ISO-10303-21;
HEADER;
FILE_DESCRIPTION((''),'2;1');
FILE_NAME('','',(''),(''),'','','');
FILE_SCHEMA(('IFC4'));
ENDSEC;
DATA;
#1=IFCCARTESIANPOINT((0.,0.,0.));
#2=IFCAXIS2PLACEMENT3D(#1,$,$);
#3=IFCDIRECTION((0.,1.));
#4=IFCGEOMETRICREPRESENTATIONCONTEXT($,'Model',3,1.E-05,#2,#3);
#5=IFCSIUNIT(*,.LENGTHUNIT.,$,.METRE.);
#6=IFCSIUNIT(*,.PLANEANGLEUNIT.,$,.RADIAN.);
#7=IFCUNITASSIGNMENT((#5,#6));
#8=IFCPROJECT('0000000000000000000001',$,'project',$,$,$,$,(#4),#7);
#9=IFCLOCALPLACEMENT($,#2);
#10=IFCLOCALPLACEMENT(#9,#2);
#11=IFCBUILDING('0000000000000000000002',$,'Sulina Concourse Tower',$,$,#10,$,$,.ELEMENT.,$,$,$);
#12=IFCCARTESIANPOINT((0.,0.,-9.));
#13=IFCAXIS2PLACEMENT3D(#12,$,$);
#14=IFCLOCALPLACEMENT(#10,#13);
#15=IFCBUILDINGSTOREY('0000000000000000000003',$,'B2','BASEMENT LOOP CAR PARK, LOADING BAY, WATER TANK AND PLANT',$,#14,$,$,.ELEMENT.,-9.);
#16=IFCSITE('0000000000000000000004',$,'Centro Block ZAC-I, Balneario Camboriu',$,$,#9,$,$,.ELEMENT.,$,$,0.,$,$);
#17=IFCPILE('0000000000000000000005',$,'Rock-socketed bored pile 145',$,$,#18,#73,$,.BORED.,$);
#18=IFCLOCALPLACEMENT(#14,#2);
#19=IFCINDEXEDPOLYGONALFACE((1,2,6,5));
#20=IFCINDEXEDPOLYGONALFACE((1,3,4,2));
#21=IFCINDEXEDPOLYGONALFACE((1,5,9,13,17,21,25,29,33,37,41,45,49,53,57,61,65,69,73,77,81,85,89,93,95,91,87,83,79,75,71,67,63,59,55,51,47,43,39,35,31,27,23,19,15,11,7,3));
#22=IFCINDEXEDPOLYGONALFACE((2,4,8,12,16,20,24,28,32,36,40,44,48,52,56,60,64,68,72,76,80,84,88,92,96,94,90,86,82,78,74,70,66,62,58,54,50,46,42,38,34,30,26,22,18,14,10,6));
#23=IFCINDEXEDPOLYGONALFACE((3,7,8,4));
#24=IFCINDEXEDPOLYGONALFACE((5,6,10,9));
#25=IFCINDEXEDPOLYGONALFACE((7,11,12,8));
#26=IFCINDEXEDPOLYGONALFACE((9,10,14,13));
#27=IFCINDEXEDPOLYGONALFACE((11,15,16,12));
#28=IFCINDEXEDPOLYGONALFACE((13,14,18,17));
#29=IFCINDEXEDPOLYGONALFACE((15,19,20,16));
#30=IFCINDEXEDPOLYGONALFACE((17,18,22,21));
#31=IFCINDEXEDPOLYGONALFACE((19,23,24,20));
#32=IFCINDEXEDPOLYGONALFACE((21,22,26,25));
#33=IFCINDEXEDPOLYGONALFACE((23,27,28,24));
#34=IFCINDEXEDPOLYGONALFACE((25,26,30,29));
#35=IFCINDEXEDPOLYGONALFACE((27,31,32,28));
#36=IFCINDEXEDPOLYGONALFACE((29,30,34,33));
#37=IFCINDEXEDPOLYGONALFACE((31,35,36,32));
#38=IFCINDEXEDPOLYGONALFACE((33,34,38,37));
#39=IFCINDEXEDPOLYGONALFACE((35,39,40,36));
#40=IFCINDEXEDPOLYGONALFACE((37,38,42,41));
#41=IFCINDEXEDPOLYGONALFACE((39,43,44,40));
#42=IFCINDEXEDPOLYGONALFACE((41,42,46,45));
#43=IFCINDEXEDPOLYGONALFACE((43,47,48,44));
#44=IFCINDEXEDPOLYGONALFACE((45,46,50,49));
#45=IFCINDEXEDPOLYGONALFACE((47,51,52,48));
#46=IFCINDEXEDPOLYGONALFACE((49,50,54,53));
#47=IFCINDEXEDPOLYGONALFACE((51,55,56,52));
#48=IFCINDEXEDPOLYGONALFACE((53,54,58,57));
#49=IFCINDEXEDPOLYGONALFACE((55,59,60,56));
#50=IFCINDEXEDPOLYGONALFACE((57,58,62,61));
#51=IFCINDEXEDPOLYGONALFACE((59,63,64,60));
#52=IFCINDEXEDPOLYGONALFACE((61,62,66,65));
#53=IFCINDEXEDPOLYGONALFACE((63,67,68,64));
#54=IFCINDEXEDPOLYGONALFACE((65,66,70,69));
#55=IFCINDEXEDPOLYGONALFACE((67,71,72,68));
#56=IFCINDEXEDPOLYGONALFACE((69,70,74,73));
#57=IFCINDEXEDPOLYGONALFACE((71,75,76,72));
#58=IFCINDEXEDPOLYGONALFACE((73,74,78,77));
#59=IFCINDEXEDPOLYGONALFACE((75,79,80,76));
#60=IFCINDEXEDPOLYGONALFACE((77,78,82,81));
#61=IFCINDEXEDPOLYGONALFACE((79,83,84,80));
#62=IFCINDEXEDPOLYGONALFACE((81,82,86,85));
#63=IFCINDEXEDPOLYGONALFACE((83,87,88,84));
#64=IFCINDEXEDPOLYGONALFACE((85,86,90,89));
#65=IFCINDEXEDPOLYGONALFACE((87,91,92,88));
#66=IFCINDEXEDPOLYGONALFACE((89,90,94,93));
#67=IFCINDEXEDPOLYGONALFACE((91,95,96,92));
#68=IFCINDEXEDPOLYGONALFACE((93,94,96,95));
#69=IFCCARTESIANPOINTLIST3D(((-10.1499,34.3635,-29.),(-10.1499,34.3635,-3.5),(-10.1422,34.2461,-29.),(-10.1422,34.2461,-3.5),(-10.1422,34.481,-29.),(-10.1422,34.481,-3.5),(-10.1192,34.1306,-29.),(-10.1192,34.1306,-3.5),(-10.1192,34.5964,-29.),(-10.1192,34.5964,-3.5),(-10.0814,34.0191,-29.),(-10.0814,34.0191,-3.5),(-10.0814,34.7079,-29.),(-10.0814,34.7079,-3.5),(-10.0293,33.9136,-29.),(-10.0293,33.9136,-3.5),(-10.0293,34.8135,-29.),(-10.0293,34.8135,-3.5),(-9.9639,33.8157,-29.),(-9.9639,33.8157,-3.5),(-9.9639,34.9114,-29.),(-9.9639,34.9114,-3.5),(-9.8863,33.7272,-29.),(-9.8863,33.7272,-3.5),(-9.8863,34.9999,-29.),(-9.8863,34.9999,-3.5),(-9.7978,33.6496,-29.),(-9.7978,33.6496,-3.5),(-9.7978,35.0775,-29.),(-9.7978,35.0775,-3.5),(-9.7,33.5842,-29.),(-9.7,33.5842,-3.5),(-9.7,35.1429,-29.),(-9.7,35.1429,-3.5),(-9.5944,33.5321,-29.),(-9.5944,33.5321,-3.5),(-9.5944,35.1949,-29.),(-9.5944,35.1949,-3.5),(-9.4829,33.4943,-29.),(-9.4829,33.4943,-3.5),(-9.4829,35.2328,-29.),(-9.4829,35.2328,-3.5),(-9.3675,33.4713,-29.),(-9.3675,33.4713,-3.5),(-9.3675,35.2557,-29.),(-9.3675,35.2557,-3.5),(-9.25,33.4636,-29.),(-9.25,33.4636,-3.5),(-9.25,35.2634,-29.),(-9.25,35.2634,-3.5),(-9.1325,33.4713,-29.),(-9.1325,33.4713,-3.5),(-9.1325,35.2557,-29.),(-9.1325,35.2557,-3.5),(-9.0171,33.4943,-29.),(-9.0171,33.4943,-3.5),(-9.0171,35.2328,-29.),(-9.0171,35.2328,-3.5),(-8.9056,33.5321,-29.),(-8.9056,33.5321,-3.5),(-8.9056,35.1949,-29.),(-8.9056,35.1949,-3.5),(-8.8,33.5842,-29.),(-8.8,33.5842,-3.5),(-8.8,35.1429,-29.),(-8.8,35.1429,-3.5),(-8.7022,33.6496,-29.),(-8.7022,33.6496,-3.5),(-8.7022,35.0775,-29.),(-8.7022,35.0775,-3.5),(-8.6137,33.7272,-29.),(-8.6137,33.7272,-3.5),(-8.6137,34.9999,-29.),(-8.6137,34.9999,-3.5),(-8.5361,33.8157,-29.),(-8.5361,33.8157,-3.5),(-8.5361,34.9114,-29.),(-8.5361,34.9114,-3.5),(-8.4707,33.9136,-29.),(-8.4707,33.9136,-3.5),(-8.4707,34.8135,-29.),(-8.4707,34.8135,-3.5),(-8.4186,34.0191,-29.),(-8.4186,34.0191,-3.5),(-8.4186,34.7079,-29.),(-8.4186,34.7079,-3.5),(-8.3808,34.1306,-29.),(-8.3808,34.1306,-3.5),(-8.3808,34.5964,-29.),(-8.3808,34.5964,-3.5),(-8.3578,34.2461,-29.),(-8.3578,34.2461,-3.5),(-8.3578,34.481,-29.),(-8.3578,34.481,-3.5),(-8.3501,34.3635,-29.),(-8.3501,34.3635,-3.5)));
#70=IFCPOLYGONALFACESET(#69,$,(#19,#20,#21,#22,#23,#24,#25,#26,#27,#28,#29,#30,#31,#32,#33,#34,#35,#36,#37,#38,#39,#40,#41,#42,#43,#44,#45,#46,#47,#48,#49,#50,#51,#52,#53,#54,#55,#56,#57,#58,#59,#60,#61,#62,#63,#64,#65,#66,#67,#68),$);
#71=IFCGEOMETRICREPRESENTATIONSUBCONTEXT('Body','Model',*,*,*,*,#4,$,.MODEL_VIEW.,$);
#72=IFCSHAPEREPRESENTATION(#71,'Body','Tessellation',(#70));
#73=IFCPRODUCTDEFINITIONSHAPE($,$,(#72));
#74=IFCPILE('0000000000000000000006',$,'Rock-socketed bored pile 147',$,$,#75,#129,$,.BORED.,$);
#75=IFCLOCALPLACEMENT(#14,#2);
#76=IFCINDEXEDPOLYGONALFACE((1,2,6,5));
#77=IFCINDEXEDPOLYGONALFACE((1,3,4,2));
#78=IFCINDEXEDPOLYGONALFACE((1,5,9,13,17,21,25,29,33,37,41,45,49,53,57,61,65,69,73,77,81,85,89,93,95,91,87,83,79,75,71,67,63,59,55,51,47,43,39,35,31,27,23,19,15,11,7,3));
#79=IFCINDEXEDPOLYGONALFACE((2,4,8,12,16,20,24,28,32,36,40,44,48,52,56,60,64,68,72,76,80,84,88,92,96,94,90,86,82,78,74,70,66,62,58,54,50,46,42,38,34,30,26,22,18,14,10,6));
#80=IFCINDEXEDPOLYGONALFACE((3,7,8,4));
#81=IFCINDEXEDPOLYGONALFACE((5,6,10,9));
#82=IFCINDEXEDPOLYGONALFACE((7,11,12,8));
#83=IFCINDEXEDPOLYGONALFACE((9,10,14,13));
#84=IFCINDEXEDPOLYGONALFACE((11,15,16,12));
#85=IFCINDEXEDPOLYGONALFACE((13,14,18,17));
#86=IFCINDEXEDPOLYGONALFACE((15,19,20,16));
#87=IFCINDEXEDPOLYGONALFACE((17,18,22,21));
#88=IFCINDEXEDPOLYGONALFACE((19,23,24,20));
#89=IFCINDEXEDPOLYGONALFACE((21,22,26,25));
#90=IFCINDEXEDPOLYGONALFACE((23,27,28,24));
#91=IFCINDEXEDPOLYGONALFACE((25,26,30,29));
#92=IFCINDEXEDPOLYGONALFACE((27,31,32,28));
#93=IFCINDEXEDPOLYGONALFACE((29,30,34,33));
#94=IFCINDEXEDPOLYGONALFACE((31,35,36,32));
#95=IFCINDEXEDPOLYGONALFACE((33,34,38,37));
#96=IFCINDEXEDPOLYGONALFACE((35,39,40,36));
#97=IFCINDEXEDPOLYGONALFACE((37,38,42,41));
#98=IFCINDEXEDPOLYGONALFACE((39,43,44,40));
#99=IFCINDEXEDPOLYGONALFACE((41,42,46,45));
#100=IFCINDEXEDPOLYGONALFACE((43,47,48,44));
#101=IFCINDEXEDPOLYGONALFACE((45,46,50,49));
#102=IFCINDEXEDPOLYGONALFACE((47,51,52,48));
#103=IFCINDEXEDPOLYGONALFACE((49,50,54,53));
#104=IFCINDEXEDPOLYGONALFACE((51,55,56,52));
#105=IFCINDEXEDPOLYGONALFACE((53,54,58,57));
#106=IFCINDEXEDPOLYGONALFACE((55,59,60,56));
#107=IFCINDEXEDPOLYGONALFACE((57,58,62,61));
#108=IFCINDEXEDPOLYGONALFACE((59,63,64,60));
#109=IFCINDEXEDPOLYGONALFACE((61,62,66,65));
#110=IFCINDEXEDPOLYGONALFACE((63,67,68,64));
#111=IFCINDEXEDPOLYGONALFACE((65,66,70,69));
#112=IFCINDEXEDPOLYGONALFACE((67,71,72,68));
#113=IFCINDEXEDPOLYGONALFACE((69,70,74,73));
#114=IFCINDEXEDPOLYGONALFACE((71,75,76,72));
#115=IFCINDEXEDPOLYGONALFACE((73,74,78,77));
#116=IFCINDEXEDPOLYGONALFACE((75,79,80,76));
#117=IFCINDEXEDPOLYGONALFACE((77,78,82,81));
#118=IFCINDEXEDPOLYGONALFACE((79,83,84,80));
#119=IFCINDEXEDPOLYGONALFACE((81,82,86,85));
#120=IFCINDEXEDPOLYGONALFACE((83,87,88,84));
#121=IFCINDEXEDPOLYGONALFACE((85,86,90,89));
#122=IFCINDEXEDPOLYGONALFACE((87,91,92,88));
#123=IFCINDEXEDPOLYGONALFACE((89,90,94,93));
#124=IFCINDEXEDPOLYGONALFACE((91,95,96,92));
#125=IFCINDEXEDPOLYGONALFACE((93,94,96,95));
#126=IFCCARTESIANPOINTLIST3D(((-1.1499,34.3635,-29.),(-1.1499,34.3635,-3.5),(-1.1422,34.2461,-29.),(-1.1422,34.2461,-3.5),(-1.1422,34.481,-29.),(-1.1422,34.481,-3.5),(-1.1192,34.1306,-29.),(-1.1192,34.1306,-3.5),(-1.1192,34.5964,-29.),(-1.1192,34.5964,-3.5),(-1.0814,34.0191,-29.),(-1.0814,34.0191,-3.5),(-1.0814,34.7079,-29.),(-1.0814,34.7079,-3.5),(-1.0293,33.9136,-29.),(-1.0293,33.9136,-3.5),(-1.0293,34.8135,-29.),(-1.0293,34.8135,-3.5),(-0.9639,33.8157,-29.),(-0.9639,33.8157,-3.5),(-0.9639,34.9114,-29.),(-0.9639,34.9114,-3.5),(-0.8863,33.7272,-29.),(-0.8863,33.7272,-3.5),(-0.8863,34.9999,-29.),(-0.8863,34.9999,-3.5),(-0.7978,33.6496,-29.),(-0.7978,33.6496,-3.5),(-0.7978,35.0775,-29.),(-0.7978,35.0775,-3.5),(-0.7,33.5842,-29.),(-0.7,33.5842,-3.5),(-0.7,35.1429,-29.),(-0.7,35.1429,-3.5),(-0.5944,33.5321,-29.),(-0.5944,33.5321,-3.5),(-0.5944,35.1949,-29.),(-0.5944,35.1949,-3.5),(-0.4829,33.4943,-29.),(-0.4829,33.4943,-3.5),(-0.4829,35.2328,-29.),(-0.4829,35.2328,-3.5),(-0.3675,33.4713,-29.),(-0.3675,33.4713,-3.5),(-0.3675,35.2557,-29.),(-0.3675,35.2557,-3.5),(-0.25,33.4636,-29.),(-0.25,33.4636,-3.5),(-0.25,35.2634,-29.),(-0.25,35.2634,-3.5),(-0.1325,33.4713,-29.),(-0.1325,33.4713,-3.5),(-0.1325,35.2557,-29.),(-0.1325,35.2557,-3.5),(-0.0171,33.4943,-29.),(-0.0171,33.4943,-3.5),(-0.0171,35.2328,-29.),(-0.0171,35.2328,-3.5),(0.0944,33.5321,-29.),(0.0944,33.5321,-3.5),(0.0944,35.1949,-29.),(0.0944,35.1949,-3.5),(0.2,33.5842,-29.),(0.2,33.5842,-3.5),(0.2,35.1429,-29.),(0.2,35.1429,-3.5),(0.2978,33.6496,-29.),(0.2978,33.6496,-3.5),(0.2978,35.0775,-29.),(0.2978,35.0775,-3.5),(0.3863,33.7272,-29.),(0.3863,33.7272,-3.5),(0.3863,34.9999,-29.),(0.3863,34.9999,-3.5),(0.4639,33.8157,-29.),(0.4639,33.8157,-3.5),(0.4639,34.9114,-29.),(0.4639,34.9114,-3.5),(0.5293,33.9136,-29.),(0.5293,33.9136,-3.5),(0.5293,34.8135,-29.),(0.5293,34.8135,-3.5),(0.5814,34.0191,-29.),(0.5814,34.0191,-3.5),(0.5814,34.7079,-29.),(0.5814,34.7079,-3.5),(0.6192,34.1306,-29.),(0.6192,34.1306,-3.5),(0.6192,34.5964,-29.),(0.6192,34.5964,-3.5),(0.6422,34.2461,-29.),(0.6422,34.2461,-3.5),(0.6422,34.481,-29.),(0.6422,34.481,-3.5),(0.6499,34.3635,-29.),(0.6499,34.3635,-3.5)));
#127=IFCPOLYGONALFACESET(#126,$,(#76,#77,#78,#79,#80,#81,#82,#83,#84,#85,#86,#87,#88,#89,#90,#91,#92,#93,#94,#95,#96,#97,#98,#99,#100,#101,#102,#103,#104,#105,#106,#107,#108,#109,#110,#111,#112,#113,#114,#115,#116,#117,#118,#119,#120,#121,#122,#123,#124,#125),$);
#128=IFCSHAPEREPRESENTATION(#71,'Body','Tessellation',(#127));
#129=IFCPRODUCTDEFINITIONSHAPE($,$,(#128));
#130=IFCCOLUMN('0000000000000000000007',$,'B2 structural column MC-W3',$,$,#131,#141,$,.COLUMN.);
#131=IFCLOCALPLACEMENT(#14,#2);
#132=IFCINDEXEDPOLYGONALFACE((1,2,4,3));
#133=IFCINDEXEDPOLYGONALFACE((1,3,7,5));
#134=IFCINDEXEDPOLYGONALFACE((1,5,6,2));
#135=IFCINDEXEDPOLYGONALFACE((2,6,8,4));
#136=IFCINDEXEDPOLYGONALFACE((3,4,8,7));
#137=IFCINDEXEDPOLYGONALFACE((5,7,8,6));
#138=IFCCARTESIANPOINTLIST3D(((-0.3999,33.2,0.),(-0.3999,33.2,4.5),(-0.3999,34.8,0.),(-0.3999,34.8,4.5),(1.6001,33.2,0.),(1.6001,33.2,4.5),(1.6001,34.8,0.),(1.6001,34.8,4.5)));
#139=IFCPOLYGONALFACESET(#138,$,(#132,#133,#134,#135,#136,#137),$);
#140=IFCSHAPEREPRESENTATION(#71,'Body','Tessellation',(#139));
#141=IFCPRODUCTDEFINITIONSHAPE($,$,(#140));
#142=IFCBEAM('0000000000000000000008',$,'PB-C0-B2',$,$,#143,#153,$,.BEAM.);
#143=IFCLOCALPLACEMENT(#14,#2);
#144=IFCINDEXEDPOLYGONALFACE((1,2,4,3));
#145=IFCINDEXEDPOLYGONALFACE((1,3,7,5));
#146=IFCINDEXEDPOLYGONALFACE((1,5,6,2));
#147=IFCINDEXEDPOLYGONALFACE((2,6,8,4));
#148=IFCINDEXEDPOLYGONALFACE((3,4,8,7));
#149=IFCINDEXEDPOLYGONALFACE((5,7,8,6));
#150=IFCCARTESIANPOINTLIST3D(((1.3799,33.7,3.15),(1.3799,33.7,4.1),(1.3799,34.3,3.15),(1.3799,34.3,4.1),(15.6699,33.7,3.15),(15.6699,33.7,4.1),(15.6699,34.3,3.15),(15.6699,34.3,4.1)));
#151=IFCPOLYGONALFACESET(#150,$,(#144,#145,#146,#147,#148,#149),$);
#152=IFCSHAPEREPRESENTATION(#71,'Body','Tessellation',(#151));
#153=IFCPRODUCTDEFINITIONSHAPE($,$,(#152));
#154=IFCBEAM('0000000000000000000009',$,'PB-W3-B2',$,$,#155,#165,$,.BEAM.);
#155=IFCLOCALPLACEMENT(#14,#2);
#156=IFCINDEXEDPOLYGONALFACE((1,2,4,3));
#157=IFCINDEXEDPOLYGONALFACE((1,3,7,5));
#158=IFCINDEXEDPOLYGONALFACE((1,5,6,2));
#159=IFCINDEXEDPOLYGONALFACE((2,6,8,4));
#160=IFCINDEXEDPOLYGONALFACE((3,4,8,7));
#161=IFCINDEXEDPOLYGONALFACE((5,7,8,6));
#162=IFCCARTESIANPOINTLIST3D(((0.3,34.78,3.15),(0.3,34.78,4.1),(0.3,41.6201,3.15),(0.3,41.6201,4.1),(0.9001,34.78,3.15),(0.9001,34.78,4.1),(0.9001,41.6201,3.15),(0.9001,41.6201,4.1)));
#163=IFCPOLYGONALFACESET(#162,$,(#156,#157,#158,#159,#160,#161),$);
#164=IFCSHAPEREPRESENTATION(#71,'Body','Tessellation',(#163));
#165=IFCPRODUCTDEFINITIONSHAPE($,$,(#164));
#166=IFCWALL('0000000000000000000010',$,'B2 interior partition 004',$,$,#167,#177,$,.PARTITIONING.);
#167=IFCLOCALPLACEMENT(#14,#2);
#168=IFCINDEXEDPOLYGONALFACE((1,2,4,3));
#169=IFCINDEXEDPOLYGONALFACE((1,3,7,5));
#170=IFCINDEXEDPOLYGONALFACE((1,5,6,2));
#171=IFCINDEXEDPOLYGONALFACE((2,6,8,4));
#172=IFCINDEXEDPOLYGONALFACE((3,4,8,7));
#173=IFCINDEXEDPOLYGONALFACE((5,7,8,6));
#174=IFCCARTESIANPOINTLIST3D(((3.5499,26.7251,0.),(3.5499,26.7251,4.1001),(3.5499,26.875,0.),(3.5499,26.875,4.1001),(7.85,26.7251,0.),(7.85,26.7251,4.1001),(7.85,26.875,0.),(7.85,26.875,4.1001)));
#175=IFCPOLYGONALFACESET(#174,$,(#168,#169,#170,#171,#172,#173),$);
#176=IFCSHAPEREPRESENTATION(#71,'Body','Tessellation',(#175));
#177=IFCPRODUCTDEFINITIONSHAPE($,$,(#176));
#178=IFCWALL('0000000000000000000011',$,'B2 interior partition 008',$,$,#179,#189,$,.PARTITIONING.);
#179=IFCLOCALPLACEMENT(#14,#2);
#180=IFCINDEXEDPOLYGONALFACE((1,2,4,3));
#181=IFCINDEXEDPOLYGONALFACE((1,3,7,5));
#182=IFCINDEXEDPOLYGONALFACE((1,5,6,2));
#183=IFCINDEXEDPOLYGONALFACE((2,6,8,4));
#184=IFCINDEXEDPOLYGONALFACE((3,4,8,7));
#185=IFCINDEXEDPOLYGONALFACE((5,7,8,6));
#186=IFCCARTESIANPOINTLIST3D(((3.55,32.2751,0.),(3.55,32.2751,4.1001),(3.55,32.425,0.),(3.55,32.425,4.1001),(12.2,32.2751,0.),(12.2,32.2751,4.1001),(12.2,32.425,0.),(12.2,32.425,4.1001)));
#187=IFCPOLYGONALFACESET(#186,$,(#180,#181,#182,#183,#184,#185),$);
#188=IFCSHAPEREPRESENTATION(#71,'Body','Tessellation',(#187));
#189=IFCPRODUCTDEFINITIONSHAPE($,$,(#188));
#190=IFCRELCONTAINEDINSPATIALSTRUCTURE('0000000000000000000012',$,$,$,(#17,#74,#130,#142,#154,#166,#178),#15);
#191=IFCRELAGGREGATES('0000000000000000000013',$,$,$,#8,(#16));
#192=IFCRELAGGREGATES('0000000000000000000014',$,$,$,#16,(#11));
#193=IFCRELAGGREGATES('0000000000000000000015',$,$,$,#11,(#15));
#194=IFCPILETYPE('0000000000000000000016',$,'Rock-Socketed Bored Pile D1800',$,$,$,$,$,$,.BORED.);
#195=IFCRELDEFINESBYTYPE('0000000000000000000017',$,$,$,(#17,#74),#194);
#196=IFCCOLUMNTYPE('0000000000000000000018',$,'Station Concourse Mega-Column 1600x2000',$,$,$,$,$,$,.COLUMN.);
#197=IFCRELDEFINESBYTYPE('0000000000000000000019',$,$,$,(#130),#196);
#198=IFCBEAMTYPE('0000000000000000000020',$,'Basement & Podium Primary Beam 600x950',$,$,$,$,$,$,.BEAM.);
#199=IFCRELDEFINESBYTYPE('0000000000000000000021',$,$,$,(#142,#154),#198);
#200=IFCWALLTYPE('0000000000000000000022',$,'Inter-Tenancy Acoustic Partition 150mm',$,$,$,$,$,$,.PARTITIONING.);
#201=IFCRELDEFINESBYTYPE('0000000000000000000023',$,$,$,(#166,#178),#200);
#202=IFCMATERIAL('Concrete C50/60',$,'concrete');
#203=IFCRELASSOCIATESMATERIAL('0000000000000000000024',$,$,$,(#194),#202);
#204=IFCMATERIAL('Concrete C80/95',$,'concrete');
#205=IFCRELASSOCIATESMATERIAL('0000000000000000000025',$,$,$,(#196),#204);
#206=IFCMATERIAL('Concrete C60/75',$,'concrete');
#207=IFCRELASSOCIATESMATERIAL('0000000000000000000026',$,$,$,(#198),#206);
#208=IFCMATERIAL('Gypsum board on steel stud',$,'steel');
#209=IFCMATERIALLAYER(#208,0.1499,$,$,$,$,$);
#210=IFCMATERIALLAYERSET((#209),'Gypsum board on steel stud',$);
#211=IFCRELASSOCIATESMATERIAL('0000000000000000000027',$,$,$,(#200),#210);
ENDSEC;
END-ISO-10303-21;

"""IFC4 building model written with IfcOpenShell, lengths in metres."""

from ifc_helpers import new_model, si_unit, direction, frame, frame_2d, origin, origin_2d, place, context, subcontext, project, spatial, rectangle, circle, extrude, material, layer, layer_set, material_profile, profile_set, type_object, element, save


model = new_model("IFC4")

# Units and contexts
model_context = context("Model", 3, precision=1e-05, world=origin(), true_north=direction((0.0, 1.0)))
body_context = subcontext(model_context, "Body", "Model", "MODEL_VIEW")
ifc_project = project(units=[si_unit("LENGTHUNIT", "METRE"), si_unit("PLANEANGLEUNIT", "RADIAN")], contexts=[model_context])

# Site, building, storey
site_placement = place(None, origin())
site = spatial("IfcSite", under=ifc_project, at=site_placement, Name="Centro Block ZAC-I, Balneario Camboriu", CompositionType="ELEMENT", RefElevation=0.0)
building_placement = place(site_placement, origin())
building = spatial("IfcBuilding", under=site, at=building_placement, Name="Sulina Concourse Tower", CompositionType="ELEMENT")
storey_placement = place(building_placement, frame((0.0, 0.0, -9.0)))
storey = spatial("IfcBuildingStorey", under=building, at=storey_placement, Name="B2", Description="BASEMENT LOOP CAR PARK, LOADING BAY, WATER TANK AND PLANT", CompositionType="ELEMENT", Elevation=-9.0)

# Piles
ifc_material_1 = material(Name="Concrete C50/60", Category="concrete")
ifc_material_profile_1 = material_profile(ifc_material_1, circle(Radius=0.8999, at=origin_2d()), Name="PILE D1800")
ifc_profile_set_1 = profile_set([ifc_material_profile_1], Name="Concrete C50/60")
pile_type_1 = type_object("IfcPileType", Name="Rock-Socketed Bored Pile D1800", PredefinedType="BORED", material=ifc_profile_set_1)
for number, where, z_axis, x_axis, name in (
    (1, (-9.25, 34.3635, -3.5), (0.0, 0.0, -1.0), (1.0, 0.0, 0.0), "Rock-socketed bored pile 145"),
    (2, (-0.25, 34.3635, -3.5), (0.0, 0.0, -1.0), (1.0, 0.0, 0.0), "Rock-socketed bored pile 147"),
):
    element("IfcPile", number, at=place(storey_placement, frame(where, z_axis=z_axis, x_axis=x_axis)), inside=storey, type_object=pile_type_1, Name=name, PredefinedType="BORED", context=body_context, shape_type="SweptSolid", body=[
        extrude(circle(Radius=0.8999, at=origin_2d()), origin(), (0.0, 0.0, 1.0), 25.5),
    ])

# Column
ifc_material_2 = material(Name="Concrete C80/95", Category="concrete")
ifc_material_profile_2 = material_profile(ifc_material_2, rectangle(XDim=1.6001, YDim=2.0, at=origin_2d()), Name="RC 1600x2000")
ifc_profile_set_2 = profile_set([ifc_material_profile_2], Name="Concrete C80/95")
column_type = type_object("IfcColumnType", Name="Station Concourse Mega-Column 1600x2000", PredefinedType="COLUMN", material=ifc_profile_set_2)
column_placement = place(storey_placement, frame((0.6001, 34.0, 0.0), z_axis=(0.0, 0.0, 1.0), x_axis=(0.0, 1.0, 0.0)))
element("IfcColumn", 3, at=column_placement, inside=storey, type_object=column_type, Name="B2 structural column MC-W3", PredefinedType="COLUMN", context=body_context, shape_type="SweptSolid", body=[
    extrude(rectangle(XDim=1.6001, YDim=2.0, at=origin_2d()), origin(), (0.0, 0.0, 1.0), 4.5),
])

# Beams
ifc_material_3 = material(Name="Concrete C60/75", Category="concrete")
ifc_material_profile_3 = material_profile(ifc_material_3, rectangle(XDim=0.6001, YDim=0.95, at=origin_2d()), Name="RC 600x950")
ifc_profile_set_3 = profile_set([ifc_material_profile_3], Name="Concrete C60/75")
beam_type = type_object("IfcBeamType", Name="Basement & Podium Primary Beam 600x950", PredefinedType="BEAM", material=ifc_profile_set_3)
beam_1_placement = place(storey_placement, frame((1.3799, 34.0, 3.625), z_axis=(1.0, 0.0, 0.0), x_axis=(0.0, 1.0, 0.0)))
element("IfcBeam", 4, at=beam_1_placement, inside=storey, type_object=beam_type, Name="PB-C0-B2", PredefinedType="BEAM", context=body_context, shape_type="SweptSolid", body=[
    extrude(rectangle(XDim=0.6001, YDim=0.95, at=origin_2d()), origin(), (0.0, 0.0, 1.0), 14.29),
])
beam_2_placement = place(storey_placement, frame((0.6001, 34.78, 3.625), z_axis=(0.0, 1.0, 0.0), x_axis=(-1.0, 0.0, 0.0)))
element("IfcBeam", 5, at=beam_2_placement, inside=storey, type_object=beam_type, Name="PB-W3-B2", PredefinedType="BEAM", context=body_context, shape_type="SweptSolid", body=[
    extrude(rectangle(XDim=0.6001, YDim=0.95, at=origin_2d()), origin(), (0.0, 0.0, 1.0), 6.8401),
])

# Walls
ifc_material_4 = material(Name="Gypsum board on steel stud", Category="steel")
ifc_layer_1 = layer(ifc_material_4, 0.1499)
ifc_layer_set_1 = layer_set([ifc_layer_1], Name="Gypsum board on steel stud")
wall_type_1 = type_object("IfcWallType", Name="Inter-Tenancy Acoustic Partition 150mm", PredefinedType="PARTITIONING", material=ifc_layer_set_1)
wall_1_placement = place(storey_placement, frame((3.55, 26.8, 0.0), z_axis=(0.0, 0.0, 1.0), x_axis=(1.0, 0.0, 0.0)))
element("IfcWall", 6, at=wall_1_placement, inside=storey, type_object=wall_type_1, Name="B2 interior partition 004", PredefinedType="PARTITIONING", context=body_context, shape_type="SweptSolid", body=[
    extrude(rectangle(XDim=4.3, YDim=0.1499, at=frame_2d((2.1499, 0.0))), origin(), (0.0, 0.0, 1.0), 4.1001),
])
wall_2_placement = place(storey_placement, frame((3.55, 32.3501, 0.0), z_axis=(0.0, 0.0, 1.0), x_axis=(1.0, 0.0, 0.0)))
element("IfcWall", 7, at=wall_2_placement, inside=storey, type_object=wall_type_1, Name="B2 interior partition 008", PredefinedType="PARTITIONING", context=body_context, shape_type="SweptSolid", body=[
    extrude(rectangle(XDim=8.6499, YDim=0.1499, at=frame_2d((4.325, 0.0))), origin(), (0.0, 0.0, 1.0), 4.1001),
])

save(model, "model.ifc")
